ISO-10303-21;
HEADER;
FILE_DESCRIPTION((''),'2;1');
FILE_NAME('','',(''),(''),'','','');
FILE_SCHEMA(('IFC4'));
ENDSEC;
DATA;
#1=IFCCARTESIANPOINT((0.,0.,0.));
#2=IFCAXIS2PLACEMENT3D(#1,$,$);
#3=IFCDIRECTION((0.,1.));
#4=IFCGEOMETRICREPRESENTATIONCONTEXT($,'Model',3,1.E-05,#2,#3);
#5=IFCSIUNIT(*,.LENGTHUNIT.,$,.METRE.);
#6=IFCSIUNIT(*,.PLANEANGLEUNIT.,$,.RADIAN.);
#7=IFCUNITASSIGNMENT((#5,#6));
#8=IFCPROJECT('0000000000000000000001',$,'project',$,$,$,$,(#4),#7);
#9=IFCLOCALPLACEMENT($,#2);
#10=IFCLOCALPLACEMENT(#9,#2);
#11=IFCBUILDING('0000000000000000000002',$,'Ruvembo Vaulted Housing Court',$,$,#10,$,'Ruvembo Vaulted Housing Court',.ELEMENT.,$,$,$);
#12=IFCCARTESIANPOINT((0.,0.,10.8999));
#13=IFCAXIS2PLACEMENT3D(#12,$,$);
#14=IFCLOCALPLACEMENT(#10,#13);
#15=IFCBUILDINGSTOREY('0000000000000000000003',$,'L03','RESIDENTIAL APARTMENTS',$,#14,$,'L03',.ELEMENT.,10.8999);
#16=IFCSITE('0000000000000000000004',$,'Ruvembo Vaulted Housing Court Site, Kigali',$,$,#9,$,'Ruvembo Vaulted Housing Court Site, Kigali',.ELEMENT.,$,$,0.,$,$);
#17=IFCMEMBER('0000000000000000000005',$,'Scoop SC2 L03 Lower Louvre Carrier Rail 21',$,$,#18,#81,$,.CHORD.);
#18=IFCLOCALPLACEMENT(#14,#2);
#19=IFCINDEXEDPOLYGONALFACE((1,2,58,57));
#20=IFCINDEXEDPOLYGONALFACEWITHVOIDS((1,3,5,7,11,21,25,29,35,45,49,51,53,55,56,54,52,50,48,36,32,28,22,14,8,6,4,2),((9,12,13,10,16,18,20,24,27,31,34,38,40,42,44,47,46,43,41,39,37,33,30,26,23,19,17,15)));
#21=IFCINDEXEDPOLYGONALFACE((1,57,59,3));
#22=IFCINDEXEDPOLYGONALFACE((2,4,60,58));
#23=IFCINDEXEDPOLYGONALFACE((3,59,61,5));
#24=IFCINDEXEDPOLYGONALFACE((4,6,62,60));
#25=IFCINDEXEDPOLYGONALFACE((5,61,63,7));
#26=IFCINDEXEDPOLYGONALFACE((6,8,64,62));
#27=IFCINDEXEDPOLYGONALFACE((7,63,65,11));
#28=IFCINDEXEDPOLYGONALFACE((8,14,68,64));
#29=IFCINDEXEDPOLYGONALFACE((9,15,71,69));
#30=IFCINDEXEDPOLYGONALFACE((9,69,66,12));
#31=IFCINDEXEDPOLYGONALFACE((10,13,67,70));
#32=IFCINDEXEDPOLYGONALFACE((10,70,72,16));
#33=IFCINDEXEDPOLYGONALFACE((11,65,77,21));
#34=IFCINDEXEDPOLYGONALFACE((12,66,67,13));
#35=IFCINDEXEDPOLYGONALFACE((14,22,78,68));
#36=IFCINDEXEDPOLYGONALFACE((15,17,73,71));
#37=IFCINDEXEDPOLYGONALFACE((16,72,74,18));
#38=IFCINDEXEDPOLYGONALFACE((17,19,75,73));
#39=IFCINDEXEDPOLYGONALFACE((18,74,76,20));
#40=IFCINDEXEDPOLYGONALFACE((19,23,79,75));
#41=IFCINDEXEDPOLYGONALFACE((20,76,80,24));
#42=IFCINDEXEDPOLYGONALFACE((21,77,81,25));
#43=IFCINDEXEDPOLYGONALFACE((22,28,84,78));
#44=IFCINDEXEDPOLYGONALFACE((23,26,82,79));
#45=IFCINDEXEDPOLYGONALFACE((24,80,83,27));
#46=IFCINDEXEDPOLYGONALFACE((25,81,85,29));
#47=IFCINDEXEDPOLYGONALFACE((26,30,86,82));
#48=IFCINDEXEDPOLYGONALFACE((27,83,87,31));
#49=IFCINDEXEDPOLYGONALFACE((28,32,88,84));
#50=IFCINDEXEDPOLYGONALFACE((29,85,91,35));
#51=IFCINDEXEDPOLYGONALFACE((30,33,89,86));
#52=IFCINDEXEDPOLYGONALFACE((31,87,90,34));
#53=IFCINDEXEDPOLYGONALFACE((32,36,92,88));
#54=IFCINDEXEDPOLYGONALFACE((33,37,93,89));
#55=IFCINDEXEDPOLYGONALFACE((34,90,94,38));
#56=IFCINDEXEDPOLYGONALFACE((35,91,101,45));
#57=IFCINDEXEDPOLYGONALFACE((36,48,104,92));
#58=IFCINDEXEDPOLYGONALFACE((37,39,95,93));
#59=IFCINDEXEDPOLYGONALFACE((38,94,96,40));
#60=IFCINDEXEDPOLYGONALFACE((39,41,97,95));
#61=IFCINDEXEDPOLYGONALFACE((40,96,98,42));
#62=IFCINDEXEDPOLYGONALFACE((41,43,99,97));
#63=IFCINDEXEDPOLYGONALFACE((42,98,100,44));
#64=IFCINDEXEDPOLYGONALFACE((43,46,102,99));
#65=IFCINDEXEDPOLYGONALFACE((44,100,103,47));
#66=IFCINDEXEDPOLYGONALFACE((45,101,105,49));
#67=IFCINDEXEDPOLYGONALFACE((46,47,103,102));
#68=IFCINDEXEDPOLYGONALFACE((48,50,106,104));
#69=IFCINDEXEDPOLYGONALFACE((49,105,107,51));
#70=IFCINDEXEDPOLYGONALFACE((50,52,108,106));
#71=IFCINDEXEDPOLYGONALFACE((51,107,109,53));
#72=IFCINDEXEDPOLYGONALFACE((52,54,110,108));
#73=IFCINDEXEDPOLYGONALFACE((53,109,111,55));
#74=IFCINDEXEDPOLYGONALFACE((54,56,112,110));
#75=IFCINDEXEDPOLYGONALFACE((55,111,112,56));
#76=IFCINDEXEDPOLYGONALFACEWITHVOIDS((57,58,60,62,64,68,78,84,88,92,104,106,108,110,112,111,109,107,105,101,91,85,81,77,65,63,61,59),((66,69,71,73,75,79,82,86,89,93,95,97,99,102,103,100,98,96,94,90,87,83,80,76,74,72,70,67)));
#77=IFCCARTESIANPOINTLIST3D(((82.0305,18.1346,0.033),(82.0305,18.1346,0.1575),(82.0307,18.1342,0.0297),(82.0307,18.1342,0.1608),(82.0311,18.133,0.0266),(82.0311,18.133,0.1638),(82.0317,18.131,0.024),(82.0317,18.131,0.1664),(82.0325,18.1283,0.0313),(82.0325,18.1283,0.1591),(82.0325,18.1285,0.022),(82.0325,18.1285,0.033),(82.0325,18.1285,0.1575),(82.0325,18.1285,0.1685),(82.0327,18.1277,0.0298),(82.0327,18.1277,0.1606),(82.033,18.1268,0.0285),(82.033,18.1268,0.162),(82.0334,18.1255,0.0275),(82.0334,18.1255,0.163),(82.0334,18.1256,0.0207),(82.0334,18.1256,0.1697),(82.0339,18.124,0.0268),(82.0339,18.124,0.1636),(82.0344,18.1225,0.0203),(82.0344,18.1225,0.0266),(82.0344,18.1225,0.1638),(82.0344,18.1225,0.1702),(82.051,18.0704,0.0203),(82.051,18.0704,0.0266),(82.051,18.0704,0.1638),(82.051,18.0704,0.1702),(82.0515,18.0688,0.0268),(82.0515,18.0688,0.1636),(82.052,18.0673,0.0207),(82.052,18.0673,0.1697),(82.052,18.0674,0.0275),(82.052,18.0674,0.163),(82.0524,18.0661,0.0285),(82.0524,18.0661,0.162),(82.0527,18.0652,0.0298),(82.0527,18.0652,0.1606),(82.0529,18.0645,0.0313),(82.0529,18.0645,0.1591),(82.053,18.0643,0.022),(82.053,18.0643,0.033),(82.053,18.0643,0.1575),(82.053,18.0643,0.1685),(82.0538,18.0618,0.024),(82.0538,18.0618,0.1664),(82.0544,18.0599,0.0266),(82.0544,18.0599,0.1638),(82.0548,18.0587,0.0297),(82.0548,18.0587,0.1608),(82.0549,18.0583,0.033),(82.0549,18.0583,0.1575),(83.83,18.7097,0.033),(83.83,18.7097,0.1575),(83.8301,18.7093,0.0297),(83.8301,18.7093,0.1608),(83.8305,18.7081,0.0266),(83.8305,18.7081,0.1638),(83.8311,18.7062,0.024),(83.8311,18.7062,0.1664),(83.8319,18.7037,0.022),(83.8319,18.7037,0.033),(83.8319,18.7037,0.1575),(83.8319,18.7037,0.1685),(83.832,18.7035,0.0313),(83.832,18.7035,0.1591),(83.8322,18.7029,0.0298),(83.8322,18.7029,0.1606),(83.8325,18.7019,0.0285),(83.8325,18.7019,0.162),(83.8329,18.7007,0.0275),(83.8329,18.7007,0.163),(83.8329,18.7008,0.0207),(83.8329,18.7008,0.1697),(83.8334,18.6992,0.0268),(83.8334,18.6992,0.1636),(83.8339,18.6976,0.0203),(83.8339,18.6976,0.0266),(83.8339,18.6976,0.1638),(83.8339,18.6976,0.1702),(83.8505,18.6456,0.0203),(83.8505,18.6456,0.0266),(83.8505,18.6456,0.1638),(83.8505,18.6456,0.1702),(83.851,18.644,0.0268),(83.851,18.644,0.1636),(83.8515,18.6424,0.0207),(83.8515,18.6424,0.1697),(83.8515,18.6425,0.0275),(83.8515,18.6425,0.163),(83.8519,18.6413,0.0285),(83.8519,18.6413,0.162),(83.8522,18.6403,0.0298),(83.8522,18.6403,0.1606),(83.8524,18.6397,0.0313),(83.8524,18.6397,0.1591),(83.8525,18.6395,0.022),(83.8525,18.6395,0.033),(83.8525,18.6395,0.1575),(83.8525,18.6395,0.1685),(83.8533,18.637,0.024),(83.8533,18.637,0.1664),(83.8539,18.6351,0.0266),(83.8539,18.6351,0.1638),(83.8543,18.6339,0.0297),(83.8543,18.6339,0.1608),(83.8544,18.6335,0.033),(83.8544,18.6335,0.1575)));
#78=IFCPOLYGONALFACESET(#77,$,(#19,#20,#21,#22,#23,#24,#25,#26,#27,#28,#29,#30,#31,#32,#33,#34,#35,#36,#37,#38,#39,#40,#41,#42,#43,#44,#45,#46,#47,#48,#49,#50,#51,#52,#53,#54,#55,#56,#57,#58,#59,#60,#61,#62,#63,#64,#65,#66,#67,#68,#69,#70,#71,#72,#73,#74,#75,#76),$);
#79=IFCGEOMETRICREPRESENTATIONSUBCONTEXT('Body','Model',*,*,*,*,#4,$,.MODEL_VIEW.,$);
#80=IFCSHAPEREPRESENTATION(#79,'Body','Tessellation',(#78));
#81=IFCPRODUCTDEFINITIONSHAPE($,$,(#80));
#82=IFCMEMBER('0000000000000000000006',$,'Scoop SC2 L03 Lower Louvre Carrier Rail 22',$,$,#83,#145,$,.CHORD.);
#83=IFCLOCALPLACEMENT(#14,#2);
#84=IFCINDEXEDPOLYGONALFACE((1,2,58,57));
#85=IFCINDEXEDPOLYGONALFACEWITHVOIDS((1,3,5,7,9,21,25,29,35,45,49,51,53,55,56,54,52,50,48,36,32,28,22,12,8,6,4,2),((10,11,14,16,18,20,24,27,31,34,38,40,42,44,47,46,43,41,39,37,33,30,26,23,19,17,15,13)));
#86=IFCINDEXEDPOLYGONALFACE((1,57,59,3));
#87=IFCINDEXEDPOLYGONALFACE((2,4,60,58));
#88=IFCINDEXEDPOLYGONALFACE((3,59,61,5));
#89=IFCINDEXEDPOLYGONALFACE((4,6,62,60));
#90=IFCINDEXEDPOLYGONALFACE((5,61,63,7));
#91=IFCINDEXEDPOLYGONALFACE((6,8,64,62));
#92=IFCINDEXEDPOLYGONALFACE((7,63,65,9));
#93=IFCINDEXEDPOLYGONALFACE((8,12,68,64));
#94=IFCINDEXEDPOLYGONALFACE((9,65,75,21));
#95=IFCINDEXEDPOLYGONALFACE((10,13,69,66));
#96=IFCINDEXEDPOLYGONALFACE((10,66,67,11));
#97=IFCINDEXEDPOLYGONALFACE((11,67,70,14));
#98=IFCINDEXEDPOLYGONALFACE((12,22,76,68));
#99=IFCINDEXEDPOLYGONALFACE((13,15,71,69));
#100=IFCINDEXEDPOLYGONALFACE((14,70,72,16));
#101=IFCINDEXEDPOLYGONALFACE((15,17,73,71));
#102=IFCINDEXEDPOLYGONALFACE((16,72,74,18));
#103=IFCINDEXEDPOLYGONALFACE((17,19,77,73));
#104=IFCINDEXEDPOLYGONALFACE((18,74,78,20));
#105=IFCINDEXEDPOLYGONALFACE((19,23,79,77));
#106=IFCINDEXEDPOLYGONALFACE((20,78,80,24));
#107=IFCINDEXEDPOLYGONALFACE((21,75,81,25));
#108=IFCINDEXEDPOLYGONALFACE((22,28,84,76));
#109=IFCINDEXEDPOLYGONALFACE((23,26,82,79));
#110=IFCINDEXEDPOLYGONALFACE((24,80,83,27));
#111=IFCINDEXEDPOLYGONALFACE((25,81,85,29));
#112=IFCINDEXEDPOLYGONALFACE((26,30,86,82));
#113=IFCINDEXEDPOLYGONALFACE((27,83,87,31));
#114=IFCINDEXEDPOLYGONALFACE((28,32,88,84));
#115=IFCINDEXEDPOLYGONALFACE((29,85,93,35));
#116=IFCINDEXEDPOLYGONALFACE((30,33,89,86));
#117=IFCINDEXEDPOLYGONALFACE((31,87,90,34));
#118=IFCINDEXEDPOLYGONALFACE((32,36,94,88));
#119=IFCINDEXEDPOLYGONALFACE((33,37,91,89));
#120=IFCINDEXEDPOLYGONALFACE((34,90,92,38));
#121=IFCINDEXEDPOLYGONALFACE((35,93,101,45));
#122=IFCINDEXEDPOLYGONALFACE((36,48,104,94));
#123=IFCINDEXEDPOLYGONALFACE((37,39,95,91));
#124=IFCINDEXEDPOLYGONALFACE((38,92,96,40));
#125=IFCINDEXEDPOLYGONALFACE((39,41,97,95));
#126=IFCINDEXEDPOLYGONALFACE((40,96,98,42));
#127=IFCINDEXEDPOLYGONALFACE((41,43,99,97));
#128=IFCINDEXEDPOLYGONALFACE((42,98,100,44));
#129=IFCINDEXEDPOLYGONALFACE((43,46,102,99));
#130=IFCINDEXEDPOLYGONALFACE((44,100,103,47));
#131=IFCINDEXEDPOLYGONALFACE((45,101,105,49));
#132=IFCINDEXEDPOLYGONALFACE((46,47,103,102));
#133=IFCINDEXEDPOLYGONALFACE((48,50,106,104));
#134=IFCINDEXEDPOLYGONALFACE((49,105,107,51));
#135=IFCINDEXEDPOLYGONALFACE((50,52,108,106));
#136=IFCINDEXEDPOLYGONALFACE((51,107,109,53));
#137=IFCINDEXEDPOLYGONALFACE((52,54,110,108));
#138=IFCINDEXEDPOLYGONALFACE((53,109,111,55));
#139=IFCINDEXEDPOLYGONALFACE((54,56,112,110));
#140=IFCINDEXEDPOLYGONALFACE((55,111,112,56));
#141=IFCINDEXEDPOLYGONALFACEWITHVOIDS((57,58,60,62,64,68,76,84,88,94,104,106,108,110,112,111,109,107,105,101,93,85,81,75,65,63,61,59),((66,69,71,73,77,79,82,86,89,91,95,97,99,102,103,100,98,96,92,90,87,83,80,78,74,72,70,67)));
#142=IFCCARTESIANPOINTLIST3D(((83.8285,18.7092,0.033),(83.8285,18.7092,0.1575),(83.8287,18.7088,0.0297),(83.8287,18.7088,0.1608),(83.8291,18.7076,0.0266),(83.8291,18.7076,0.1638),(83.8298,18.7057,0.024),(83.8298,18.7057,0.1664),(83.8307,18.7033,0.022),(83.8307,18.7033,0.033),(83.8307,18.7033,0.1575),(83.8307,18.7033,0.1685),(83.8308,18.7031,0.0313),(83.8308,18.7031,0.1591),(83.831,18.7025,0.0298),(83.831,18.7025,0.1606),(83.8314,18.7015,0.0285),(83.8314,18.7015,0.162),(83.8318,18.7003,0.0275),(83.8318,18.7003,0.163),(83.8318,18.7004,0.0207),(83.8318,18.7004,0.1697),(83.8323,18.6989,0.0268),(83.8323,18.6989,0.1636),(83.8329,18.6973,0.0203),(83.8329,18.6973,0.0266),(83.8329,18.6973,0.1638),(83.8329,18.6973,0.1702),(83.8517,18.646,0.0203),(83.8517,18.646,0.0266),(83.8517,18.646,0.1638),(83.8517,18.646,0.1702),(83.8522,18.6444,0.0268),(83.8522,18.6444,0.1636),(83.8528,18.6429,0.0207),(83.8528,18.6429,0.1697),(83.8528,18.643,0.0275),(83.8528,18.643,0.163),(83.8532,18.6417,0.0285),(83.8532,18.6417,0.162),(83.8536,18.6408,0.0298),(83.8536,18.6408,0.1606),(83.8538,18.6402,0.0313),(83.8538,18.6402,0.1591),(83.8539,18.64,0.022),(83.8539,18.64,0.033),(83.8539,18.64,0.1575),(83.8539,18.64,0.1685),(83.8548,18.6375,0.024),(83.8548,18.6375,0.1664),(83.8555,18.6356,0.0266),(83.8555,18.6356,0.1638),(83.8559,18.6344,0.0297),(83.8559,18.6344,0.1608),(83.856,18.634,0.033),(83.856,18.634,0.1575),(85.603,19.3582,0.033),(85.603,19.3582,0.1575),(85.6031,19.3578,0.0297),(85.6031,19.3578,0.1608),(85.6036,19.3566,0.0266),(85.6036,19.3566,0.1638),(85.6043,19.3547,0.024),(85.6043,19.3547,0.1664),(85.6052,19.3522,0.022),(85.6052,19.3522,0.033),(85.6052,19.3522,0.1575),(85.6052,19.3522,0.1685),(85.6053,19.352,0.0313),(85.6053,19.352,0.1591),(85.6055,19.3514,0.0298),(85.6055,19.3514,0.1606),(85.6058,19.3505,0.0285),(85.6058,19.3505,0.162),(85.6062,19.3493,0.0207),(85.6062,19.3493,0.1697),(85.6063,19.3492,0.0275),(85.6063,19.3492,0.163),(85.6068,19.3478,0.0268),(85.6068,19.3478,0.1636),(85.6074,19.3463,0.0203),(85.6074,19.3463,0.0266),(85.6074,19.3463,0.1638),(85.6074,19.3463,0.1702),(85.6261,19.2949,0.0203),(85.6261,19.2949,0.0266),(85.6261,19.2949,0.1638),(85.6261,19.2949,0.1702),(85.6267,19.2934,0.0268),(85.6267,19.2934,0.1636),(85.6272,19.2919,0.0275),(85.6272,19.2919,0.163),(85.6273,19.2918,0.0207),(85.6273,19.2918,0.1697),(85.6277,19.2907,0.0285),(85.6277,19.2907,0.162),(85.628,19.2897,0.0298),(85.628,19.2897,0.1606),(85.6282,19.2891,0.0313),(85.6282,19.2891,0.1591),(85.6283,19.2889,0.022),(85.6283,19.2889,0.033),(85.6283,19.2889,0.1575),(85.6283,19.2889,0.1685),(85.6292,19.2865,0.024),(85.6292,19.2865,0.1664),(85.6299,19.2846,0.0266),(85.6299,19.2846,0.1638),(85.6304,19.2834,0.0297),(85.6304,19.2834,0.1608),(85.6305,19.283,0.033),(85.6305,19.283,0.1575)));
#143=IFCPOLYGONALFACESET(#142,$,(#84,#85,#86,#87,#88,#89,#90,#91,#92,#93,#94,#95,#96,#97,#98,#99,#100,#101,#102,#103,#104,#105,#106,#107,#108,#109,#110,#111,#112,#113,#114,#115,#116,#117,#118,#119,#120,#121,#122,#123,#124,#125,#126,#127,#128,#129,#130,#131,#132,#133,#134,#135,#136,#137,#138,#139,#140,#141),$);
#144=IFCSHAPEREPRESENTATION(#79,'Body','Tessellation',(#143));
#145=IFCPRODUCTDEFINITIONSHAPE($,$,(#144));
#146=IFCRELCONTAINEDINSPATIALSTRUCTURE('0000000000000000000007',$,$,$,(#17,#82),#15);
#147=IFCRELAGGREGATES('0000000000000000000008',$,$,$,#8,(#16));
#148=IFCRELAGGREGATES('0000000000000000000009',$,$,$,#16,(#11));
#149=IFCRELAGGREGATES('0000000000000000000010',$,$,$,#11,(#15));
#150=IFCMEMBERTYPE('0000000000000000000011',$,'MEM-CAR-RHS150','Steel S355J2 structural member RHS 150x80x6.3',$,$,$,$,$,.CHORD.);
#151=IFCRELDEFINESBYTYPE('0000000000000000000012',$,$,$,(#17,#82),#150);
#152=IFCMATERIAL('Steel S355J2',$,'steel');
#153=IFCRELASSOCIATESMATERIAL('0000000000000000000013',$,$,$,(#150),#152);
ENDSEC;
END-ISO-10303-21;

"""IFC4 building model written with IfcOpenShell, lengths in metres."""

from ifc_helpers import new_model, si_unit, direction, frame, origin, origin_2d, place, context, subcontext, project, spatial, hollow_rectangle, extrude, material, material_profile, profile_set, type_object, element, save


model = new_model("IFC4")

# Units and contexts
model_context = context("Model", 3, precision=1e-05, world=origin(), true_north=direction((0.0, 1.0)))
body_context = subcontext(model_context, "Body", "Model", "MODEL_VIEW")
ifc_project = project(units=[si_unit("LENGTHUNIT", "METRE"), si_unit("PLANEANGLEUNIT", "RADIAN")], contexts=[model_context])

# Site, building, storey
site_placement = place(None, origin())
site = spatial("IfcSite", under=ifc_project, at=site_placement, Name="Ruvembo Vaulted Housing Court Site, Kigali", LongName="Ruvembo Vaulted Housing Court Site, Kigali", CompositionType="ELEMENT", RefElevation=0.0)
building_placement = place(site_placement, origin())
building = spatial("IfcBuilding", under=site, at=building_placement, Name="Ruvembo Vaulted Housing Court", LongName="Ruvembo Vaulted Housing Court", CompositionType="ELEMENT")
storey_placement = place(building_placement, frame((0.0, 0.0, 10.8999)))
storey = spatial("IfcBuildingStorey", under=building, at=storey_placement, Name="L03", Description="RESIDENTIAL APARTMENTS", LongName="L03", CompositionType="ELEMENT", Elevation=10.8999)

# Shared definitions
ifc_material_1 = material(Name="Steel S355J2", Category="steel")

# Members
ifc_material_profile_1 = material_profile(ifc_material_1, hollow_rectangle(XDim=0.0801, YDim=0.1499, WallThickness=0.0063, InnerFilletRadius=0.0063, OuterFilletRadius=0.0127, at=origin_2d()), Name="RHS 150x80x6.3")
ifc_profile_set_1 = profile_set([ifc_material_profile_1], Name="Steel S355J2")
member_type_1 = type_object("IfcMemberType", Name="MEM-CAR-RHS150", Description="Steel S355J2 structural member RHS 150x80x6.3", PredefinedType="CHORD", material=ifc_profile_set_1)
member_1_placement = place(storey_placement, frame((82.0427, 18.0964, 0.0952), z_axis=(0.952526, 0.304457, 0.0), x_axis=(-0.304457, 0.952526, 0.0)))
element("IfcMember", 1, at=member_1_placement, inside=storey, type_object=member_type_1, Name="Scoop SC2 L03 Lower Louvre Carrier Rail 21", PredefinedType="CHORD", context=body_context, shape_type="SweptSolid", body=[
    extrude(hollow_rectangle(XDim=0.0801, YDim=0.1499, WallThickness=0.0063, InnerFilletRadius=0.0063, OuterFilletRadius=0.0127, at=origin_2d()), origin(), (0.0, 0.0, 1.0), 1.8892),
])
member_2_placement = place(storey_placement, frame((83.8423, 18.6716, 0.0952), z_axis=(0.939166, 0.343465, 0.0), x_axis=(-0.343465, 0.939166, 0.0)))
element("IfcMember", 2, at=member_2_placement, inside=storey, type_object=member_type_1, Name="Scoop SC2 L03 Lower Louvre Carrier Rail 22", PredefinedType="CHORD", context=body_context, shape_type="SweptSolid", body=[
    extrude(hollow_rectangle(XDim=0.0801, YDim=0.1499, WallThickness=0.0063, InnerFilletRadius=0.0063, OuterFilletRadius=0.0127, at=origin_2d()), origin(), (0.0, 0.0, 1.0), 1.8894),
])

save(model, "model.ifc")
